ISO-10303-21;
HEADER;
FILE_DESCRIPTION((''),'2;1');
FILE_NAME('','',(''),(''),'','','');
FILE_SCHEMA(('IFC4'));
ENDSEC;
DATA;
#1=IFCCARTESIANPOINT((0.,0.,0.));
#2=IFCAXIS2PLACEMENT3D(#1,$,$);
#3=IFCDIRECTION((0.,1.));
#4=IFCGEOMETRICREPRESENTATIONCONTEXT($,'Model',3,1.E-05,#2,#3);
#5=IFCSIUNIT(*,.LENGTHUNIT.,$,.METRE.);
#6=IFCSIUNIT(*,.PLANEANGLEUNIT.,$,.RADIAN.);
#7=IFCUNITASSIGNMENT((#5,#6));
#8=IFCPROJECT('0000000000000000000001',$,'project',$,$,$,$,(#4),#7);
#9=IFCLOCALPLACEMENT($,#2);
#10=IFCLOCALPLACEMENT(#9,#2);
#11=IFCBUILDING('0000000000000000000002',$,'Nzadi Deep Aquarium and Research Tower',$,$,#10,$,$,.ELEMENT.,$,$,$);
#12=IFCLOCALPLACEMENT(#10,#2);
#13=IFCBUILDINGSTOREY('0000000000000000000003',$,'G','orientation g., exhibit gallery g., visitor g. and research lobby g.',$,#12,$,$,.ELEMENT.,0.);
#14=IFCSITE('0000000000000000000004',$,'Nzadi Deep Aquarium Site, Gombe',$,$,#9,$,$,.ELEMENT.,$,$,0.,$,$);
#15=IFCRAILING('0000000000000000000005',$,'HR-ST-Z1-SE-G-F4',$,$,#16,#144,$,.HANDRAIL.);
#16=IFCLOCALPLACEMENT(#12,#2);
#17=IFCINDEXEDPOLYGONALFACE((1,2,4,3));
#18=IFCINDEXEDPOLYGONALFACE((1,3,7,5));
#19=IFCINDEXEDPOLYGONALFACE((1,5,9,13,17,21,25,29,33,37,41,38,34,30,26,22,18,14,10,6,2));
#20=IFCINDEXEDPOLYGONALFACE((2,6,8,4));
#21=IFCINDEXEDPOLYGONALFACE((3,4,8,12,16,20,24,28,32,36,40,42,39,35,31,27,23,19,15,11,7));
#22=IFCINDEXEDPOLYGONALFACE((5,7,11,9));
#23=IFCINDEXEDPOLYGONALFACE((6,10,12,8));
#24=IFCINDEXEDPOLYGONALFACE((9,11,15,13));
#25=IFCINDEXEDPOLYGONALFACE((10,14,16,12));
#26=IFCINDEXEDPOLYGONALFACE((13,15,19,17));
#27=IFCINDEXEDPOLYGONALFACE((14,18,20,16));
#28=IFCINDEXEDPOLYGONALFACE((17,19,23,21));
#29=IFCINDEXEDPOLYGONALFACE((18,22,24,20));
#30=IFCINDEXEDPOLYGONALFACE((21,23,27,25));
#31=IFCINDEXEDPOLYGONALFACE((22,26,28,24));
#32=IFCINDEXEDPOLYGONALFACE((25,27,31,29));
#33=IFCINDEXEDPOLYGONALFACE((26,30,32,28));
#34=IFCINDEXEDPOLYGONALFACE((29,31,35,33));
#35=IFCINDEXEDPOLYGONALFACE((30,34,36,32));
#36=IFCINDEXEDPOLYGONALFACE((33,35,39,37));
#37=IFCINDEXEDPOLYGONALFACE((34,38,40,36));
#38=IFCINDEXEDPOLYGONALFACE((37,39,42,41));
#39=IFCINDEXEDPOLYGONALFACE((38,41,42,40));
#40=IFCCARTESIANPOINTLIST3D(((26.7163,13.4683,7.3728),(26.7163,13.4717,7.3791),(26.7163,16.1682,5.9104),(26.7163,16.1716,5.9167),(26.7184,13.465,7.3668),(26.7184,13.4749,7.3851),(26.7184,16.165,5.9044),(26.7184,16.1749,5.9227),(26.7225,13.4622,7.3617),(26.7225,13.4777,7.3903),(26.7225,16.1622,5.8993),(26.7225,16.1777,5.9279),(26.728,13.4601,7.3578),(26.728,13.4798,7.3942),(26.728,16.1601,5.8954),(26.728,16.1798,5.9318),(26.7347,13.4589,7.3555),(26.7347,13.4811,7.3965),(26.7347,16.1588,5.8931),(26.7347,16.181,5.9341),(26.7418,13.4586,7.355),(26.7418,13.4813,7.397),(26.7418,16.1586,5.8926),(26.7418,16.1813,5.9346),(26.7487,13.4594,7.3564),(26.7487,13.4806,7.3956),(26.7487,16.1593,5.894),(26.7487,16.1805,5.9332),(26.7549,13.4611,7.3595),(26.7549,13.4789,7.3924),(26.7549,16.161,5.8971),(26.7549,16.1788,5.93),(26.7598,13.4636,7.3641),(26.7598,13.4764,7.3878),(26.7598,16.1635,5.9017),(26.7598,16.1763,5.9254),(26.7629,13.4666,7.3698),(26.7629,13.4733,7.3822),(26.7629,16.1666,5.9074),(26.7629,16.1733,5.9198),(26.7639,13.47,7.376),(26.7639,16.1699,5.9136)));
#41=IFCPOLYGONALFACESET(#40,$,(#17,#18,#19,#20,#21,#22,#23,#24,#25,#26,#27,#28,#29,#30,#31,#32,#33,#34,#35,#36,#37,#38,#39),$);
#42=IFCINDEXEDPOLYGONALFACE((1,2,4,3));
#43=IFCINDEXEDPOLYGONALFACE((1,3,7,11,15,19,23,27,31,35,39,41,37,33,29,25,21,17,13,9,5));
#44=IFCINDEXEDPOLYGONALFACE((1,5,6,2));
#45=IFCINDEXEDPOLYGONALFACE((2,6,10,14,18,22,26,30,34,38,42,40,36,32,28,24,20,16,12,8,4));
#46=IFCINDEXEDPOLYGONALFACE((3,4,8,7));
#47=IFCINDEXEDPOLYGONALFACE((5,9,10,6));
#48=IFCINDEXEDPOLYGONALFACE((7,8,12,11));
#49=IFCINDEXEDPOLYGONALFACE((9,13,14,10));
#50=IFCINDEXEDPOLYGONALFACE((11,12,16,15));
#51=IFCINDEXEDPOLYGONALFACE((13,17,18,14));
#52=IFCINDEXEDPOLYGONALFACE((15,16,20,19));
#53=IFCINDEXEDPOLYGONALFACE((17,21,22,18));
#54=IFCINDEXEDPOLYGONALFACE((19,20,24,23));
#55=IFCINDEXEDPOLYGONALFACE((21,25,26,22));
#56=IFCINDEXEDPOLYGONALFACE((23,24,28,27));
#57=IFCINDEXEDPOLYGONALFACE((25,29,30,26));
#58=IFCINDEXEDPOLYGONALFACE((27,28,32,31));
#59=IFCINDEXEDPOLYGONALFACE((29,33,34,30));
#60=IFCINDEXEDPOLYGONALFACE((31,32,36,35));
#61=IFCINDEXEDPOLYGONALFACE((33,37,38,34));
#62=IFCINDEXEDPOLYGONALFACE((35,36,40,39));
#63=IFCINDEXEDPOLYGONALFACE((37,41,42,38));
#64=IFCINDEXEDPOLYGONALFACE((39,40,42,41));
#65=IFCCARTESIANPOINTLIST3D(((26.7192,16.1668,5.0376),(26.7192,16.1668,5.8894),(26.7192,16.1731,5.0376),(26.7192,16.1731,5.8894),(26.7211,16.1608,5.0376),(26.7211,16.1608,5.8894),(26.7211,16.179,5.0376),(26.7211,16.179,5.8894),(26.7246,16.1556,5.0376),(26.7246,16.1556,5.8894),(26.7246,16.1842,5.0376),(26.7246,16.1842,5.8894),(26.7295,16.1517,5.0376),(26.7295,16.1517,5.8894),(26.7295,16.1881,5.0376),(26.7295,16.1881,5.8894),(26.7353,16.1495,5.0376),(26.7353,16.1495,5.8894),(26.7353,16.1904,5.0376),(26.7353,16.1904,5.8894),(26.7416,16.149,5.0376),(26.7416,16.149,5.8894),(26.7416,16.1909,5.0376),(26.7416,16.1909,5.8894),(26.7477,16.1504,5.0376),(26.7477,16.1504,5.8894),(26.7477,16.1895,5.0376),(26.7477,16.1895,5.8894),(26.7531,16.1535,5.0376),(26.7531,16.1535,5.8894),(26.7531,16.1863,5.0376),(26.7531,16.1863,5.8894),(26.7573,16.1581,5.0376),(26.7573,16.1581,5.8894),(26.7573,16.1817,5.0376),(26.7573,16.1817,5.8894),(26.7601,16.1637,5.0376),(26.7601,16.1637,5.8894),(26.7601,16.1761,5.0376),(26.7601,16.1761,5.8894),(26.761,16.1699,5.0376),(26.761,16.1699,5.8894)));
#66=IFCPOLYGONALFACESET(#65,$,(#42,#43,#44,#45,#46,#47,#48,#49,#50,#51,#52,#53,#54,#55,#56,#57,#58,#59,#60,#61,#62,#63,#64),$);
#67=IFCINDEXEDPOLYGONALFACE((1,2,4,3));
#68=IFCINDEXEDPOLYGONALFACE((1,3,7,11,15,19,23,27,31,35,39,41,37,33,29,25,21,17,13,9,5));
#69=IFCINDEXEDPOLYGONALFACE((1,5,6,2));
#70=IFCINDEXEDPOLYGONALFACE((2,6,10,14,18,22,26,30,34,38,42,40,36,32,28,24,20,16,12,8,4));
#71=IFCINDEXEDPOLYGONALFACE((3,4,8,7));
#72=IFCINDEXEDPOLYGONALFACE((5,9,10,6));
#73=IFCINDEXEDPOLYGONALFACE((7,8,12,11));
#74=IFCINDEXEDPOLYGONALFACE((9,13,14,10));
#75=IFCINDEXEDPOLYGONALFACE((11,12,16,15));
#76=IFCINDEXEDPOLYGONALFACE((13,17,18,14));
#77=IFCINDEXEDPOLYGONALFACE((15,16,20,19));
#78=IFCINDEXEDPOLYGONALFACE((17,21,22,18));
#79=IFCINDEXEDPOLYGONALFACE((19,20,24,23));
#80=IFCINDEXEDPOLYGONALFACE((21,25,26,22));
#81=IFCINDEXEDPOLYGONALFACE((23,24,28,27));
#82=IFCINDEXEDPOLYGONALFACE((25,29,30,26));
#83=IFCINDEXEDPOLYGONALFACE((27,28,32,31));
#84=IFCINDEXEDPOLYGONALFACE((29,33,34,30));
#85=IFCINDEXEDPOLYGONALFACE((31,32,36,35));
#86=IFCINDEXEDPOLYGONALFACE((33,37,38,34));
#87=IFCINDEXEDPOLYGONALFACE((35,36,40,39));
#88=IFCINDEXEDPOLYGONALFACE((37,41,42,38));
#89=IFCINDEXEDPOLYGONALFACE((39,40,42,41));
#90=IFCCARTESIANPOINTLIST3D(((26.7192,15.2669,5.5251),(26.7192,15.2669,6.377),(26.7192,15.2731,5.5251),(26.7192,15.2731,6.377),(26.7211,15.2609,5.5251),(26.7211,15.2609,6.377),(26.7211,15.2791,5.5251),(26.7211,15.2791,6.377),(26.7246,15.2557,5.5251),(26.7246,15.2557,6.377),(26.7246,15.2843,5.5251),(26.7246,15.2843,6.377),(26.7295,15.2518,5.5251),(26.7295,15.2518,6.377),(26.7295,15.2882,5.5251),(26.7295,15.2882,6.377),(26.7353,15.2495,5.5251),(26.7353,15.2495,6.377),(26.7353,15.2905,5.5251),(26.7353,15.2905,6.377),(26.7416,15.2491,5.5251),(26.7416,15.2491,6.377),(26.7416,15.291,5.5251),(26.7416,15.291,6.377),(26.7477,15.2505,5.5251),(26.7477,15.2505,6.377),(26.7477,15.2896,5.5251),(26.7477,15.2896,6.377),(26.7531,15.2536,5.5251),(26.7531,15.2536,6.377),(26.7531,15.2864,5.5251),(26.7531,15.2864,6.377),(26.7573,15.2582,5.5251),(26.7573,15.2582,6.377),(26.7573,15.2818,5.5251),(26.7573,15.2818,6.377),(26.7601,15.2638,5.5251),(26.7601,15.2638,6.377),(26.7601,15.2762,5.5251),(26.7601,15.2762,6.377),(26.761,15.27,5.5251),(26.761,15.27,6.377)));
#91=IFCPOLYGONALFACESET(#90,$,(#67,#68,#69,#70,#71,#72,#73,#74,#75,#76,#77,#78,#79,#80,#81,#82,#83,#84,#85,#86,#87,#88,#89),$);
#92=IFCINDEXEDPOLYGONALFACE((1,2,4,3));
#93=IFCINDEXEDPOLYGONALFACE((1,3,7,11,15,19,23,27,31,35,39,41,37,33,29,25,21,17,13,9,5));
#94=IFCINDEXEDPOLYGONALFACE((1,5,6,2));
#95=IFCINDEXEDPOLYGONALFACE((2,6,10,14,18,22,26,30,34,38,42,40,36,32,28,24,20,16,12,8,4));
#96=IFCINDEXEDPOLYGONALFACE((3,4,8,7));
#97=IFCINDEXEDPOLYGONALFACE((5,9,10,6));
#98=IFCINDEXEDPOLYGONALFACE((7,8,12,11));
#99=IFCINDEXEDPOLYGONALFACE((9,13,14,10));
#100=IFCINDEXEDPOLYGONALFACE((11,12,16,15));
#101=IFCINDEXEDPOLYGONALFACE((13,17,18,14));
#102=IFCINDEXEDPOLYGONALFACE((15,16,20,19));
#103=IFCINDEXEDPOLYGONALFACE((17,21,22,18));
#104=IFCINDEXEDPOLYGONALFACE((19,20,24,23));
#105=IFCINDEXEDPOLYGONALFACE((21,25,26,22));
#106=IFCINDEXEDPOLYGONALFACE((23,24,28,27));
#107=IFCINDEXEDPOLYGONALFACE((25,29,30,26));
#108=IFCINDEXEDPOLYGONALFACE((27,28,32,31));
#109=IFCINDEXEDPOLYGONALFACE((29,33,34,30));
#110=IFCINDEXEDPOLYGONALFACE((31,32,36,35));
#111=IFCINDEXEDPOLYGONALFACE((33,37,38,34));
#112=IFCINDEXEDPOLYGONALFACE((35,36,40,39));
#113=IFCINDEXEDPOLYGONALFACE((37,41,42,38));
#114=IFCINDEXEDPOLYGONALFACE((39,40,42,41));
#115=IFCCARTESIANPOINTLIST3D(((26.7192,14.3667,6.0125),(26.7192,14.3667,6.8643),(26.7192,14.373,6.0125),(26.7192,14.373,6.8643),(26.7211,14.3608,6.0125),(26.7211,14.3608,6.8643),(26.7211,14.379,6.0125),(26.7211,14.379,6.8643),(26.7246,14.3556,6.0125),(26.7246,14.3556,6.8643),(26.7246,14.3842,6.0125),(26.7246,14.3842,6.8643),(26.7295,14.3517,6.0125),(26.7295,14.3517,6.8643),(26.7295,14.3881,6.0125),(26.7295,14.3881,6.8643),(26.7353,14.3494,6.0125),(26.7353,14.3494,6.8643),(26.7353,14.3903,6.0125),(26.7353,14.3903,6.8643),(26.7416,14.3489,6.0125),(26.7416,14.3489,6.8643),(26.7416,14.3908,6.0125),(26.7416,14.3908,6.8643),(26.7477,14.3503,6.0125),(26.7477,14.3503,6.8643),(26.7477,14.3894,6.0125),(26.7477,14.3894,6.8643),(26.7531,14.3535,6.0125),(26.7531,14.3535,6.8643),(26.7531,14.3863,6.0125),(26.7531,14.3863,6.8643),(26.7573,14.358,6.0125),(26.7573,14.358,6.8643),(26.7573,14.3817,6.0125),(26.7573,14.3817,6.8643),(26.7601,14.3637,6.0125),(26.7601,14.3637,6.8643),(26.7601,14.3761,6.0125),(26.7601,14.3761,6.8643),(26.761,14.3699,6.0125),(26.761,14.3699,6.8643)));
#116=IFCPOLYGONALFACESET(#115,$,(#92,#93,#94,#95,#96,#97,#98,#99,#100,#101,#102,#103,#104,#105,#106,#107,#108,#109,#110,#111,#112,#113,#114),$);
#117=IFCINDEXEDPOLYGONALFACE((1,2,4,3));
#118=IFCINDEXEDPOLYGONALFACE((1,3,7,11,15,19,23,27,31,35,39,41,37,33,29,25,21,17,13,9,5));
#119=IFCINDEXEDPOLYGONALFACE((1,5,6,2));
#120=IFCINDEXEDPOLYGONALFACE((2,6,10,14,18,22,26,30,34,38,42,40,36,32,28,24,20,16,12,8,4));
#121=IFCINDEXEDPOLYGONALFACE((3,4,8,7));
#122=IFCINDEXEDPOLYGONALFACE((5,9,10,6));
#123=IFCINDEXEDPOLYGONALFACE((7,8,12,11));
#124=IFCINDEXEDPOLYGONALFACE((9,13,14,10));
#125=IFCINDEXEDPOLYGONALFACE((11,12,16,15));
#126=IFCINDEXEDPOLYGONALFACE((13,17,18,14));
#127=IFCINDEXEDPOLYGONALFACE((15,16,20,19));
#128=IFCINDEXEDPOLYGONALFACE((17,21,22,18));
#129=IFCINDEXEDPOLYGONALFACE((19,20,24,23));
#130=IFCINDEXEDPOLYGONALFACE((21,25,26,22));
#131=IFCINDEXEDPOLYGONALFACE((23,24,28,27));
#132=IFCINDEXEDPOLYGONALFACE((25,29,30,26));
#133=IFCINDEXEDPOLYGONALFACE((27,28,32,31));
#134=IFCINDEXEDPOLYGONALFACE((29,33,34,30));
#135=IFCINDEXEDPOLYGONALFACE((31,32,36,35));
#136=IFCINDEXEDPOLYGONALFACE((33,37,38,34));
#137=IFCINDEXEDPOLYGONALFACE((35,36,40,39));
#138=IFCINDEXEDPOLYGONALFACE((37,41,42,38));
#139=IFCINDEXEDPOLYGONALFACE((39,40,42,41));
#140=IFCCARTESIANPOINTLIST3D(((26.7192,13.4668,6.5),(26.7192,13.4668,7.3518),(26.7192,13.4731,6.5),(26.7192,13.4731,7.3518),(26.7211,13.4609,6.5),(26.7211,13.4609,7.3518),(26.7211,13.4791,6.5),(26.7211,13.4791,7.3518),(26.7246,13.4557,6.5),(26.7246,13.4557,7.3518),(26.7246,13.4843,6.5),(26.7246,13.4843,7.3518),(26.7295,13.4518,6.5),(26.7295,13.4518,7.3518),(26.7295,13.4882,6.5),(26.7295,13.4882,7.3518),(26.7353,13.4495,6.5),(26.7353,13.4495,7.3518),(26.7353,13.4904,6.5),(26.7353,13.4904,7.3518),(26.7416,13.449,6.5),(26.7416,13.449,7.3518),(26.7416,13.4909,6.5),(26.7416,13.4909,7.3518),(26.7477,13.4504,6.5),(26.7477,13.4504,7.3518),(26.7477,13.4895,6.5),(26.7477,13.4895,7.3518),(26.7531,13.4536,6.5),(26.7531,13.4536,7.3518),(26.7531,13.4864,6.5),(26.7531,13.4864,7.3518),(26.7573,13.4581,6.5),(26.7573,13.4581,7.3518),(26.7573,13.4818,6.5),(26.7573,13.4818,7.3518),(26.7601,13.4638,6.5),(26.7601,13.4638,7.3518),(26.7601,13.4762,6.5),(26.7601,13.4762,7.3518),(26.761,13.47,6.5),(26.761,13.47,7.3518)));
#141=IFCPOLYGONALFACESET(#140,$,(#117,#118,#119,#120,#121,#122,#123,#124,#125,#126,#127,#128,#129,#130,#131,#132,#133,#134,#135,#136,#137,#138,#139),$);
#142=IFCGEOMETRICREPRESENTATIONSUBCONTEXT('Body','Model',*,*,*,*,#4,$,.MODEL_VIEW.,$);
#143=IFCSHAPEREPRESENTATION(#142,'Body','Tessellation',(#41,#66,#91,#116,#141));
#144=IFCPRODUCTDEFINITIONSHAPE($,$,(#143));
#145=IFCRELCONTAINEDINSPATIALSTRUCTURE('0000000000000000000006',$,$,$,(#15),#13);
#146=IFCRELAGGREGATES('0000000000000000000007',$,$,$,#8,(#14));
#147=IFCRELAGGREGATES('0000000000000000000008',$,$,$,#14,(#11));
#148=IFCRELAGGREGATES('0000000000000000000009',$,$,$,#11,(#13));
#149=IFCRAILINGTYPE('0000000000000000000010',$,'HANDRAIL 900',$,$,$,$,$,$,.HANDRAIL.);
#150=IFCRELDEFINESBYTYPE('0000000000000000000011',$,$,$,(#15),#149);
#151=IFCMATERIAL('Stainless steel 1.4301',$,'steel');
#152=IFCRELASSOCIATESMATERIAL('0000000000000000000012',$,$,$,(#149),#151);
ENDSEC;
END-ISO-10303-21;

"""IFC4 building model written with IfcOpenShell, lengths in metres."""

from ifc_helpers import new_model, si_unit, direction, frame, origin, origin_2d, place, context, subcontext, project, spatial, circle, extrude, material, type_object, element, save


model = new_model("IFC4")

# Units and contexts
model_context = context("Model", 3, precision=1e-05, world=origin(), true_north=direction((0.0, 1.0)))
body_context = subcontext(model_context, "Body", "Model", "MODEL_VIEW")
ifc_project = project(units=[si_unit("LENGTHUNIT", "METRE"), si_unit("PLANEANGLEUNIT", "RADIAN")], contexts=[model_context])

# Site, building, storey
site_placement = place(None, origin())
site = spatial("IfcSite", under=ifc_project, at=site_placement, Name="Nzadi Deep Aquarium Site, Gombe", CompositionType="ELEMENT", RefElevation=0.0)
building_placement = place(site_placement, origin())
building = spatial("IfcBuilding", under=site, at=building_placement, Name="Nzadi Deep Aquarium and Research Tower", CompositionType="ELEMENT")
storey_placement = place(building_placement, origin())
storey = spatial("IfcBuildingStorey", under=building, at=storey_placement, Name="G", Description="orientation g., exhibit gallery g., visitor g. and research lobby g.", CompositionType="ELEMENT", Elevation=0.0)

# Railing
ifc_material_1 = material(Name="Stainless steel 1.4301", Category="steel")
railing_type = type_object("IfcRailingType", Name="HANDRAIL 900", PredefinedType="HANDRAIL", material=ifc_material_1)
for number, where, name in (
    (1, (26.74, 16.1699, 5.0376), "HR-ST-Z1-SE-G-F4"),
):
    element("IfcRailing", number, at=place(storey_placement, frame(where)), inside=storey, type_object=railing_type, Name=name, PredefinedType="HANDRAIL", context=body_context, shape_type="SweptSolid", body=[
        extrude(circle(Radius=0.0239, at=origin_2d()), frame((0.0, 0.0, 0.876), z_axis=(0.0, -0.879302, 0.476265), x_axis=(1.0, 0.0, 0.0)), (0.0, 0.0, 1.0), 3.0706),
        extrude(circle(Radius=0.021, at=origin_2d()), origin(), (0.0, 0.0, 1.0), 0.8518),
        extrude(circle(Radius=0.021, at=origin_2d()), frame((0.0, -0.8999, 0.4875)), (0.0, 0.0, 1.0), 0.8518),
        extrude(circle(Radius=0.021, at=origin_2d()), frame((0.0, -1.8, 0.9749)), (0.0, 0.0, 1.0), 0.8518),
        extrude(circle(Radius=0.021, at=origin_2d()), frame((0.0, -2.7, 1.4624)), (0.0, 0.0, 1.0), 0.8518),
    ])

save(model, "model.ifc")
